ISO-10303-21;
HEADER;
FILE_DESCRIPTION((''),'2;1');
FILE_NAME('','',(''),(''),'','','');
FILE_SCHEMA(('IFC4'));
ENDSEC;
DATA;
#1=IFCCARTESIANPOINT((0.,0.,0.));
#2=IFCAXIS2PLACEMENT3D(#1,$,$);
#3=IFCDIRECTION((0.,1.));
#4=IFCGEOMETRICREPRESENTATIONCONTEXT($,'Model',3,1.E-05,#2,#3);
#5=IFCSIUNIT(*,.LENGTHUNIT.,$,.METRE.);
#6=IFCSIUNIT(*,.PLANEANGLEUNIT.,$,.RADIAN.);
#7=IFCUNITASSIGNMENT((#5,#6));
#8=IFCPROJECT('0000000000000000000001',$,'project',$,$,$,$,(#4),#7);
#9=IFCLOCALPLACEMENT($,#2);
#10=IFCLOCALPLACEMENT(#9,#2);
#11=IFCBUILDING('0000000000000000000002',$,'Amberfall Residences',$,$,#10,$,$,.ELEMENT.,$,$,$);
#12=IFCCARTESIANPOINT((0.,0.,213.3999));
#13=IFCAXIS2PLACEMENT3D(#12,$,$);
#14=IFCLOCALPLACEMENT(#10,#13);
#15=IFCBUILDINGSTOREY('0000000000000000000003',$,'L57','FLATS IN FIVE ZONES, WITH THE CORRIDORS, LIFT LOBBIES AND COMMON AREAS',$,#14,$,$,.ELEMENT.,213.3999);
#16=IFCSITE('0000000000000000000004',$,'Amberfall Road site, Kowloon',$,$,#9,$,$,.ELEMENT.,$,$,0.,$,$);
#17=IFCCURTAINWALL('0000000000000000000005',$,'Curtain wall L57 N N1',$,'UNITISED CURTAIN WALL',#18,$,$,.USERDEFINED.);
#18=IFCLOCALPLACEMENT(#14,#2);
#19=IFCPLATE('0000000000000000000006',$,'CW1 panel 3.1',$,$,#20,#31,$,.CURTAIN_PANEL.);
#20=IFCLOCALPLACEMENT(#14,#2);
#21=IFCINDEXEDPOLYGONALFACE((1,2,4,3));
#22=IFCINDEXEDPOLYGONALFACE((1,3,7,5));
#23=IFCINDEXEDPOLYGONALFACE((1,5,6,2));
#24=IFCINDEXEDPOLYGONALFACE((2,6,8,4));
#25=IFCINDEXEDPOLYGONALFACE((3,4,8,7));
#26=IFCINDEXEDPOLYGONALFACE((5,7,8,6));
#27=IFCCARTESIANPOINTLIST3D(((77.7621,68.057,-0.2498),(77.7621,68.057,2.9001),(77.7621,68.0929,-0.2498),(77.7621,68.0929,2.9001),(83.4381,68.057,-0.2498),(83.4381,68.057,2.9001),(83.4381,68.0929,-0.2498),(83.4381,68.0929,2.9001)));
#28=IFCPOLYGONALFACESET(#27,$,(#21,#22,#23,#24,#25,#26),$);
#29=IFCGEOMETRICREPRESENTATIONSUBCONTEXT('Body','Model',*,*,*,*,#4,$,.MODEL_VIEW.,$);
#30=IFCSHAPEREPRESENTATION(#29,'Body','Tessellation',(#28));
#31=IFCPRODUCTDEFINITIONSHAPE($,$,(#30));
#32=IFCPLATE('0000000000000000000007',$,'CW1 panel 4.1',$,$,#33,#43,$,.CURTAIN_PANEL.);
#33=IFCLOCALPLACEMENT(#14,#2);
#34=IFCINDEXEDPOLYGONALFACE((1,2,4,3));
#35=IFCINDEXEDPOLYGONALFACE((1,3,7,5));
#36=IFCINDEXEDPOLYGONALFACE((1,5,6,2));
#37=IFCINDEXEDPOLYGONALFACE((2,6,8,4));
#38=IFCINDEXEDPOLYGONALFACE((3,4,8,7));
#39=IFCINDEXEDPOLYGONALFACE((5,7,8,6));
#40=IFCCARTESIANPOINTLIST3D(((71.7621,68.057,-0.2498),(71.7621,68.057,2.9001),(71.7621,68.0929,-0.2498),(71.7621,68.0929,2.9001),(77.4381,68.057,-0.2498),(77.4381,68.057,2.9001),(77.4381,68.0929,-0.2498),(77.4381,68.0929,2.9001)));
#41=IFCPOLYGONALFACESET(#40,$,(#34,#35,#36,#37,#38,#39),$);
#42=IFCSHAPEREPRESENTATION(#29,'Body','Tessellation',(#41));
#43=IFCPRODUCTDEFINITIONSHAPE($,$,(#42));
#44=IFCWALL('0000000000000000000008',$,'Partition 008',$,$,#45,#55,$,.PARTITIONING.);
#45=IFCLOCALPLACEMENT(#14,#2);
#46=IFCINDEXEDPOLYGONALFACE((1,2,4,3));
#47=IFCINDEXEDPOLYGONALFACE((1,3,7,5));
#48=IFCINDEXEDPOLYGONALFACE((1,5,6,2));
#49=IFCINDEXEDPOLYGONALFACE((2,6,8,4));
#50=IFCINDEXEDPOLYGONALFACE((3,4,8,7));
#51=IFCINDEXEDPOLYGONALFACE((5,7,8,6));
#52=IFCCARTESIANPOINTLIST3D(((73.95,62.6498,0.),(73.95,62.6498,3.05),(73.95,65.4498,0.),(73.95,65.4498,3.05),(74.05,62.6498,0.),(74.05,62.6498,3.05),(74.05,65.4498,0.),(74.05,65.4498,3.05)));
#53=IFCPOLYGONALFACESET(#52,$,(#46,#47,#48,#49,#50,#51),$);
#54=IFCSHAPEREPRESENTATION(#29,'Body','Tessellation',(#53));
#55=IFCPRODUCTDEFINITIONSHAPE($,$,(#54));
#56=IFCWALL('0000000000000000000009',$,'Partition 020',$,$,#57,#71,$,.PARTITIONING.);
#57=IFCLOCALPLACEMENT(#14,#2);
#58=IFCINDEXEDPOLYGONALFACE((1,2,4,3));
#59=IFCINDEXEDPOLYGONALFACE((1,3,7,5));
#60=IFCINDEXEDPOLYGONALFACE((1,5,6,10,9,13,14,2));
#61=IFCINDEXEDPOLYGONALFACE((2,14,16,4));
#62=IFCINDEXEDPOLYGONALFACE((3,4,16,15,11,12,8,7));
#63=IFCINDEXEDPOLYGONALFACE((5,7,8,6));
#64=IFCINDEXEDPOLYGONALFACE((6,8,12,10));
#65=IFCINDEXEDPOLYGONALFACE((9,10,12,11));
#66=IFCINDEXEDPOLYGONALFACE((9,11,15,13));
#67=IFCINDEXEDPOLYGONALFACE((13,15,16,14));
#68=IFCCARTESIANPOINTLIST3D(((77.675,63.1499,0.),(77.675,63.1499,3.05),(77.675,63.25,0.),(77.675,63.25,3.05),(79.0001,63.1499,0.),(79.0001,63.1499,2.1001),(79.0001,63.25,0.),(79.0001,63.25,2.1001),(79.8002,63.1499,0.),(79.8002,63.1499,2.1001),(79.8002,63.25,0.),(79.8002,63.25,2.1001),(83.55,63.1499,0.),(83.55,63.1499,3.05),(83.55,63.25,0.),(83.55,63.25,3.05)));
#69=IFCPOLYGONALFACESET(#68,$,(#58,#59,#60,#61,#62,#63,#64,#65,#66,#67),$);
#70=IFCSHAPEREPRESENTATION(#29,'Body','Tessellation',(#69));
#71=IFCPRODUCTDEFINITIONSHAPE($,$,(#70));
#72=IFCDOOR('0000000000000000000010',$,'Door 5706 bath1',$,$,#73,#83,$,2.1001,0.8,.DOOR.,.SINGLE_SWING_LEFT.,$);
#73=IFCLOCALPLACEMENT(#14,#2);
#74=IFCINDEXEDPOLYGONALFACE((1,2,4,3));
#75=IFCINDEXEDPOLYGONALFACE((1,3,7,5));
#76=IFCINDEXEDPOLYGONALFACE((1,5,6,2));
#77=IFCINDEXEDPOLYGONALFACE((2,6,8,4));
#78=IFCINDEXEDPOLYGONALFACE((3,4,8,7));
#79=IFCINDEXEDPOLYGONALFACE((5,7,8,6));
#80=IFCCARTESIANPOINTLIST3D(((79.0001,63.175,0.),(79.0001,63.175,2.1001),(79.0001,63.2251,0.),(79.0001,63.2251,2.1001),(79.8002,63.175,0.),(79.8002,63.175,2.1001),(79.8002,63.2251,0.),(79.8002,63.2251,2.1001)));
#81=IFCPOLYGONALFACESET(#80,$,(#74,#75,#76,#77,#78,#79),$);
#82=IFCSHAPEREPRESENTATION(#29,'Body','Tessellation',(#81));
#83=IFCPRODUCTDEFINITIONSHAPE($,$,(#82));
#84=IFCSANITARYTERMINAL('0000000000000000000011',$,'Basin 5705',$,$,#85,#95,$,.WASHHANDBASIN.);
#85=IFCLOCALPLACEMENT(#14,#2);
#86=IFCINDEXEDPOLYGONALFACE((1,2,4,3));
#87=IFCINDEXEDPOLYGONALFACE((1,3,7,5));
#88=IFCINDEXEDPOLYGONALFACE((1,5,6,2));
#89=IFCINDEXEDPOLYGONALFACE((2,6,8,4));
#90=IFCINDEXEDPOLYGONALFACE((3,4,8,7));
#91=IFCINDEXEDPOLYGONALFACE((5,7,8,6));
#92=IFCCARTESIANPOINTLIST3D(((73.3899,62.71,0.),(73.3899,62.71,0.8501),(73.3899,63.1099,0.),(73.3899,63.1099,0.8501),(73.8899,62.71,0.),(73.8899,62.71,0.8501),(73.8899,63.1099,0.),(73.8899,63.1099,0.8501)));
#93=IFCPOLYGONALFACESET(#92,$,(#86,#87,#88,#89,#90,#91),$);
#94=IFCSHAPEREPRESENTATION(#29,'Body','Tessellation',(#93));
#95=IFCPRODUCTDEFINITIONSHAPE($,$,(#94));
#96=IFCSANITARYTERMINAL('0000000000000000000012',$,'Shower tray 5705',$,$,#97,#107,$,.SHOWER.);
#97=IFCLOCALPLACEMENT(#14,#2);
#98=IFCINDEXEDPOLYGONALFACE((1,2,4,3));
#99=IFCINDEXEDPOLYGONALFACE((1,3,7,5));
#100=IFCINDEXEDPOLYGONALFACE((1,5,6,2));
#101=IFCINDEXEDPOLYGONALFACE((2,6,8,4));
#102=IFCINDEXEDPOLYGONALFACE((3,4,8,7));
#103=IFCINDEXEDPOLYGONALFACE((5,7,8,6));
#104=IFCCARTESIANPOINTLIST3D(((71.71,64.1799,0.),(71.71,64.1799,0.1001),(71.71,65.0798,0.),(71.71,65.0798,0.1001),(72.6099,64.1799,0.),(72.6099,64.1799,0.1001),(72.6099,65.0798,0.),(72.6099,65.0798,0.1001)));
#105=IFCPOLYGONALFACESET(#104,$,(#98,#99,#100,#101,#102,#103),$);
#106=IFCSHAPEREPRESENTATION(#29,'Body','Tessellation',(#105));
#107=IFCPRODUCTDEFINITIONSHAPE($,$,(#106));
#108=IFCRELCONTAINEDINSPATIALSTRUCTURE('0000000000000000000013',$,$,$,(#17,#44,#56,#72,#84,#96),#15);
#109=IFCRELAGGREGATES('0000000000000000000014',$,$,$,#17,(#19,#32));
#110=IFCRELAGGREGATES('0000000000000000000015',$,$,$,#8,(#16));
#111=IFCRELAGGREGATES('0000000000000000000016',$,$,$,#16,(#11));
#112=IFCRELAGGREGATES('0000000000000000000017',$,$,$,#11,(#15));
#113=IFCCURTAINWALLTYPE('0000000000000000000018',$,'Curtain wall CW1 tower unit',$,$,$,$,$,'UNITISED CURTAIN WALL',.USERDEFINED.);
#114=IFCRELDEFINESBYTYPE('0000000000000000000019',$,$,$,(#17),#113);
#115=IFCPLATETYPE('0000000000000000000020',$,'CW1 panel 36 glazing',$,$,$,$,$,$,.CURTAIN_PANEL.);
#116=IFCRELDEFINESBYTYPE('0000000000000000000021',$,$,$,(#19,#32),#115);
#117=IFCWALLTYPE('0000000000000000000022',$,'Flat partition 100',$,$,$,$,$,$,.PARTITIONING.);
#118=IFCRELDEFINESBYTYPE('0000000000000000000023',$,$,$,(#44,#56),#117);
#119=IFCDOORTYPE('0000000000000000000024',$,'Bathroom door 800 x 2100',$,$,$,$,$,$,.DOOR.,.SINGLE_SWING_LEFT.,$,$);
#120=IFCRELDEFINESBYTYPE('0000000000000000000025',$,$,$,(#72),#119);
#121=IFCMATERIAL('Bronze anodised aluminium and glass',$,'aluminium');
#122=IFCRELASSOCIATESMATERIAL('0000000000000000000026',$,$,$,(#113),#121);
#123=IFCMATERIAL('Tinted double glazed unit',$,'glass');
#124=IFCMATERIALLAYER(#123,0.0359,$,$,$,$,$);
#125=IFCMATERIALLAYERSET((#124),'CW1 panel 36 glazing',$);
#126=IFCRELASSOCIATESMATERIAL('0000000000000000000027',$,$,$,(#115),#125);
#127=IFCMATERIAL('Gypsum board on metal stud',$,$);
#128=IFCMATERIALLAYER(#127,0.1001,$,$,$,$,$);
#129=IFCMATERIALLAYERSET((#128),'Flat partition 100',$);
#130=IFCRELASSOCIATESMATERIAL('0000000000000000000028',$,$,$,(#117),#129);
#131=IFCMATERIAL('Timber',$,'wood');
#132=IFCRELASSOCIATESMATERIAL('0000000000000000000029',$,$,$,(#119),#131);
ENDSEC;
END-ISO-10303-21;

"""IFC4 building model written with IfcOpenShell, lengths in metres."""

from ifc_helpers import new_model, si_unit, direction, frame, frame_2d, origin, origin_2d, place, context, subcontext, project, spatial, rectangle, extrude, material, layer, layer_set, type_object, element, fill, aggregate, save


model = new_model("IFC4")

# Units and contexts
model_context = context("Model", 3, precision=1e-05, world=origin(), true_north=direction((0.0, 1.0)))
body_context = subcontext(model_context, "Body", "Model", "MODEL_VIEW")
ifc_project = project(units=[si_unit("LENGTHUNIT", "METRE"), si_unit("PLANEANGLEUNIT", "RADIAN")], contexts=[model_context])

# Site, building, storey
site_placement = place(None, origin())
site = spatial("IfcSite", under=ifc_project, at=site_placement, Name="Amberfall Road site, Kowloon", CompositionType="ELEMENT", RefElevation=0.0)
building_placement = place(site_placement, origin())
building = spatial("IfcBuilding", under=site, at=building_placement, Name="Amberfall Residences", CompositionType="ELEMENT")
storey_placement = place(building_placement, frame((0.0, 0.0, 213.3999)))
storey = spatial("IfcBuildingStorey", under=building, at=storey_placement, Name="L57", Description="FLATS IN FIVE ZONES, WITH THE CORRIDORS, LIFT LOBBIES AND COMMON AREAS", CompositionType="ELEMENT", Elevation=213.3999)

# Curtain wall
ifc_material_1 = material(Name="Bronze anodised aluminium and glass", Category="aluminium")
curtain_wall_type = type_object("IfcCurtainWallType", Name="Curtain wall CW1 tower unit", ElementType="UNITISED CURTAIN WALL", PredefinedType="USERDEFINED", material=ifc_material_1)
curtain_wall_placement = place(storey_placement, origin())
curtain_wall = element("IfcCurtainWall", 1, at=curtain_wall_placement, inside=storey, type_object=curtain_wall_type, Name="Curtain wall L57 N N1", ObjectType="UNITISED CURTAIN WALL", PredefinedType="USERDEFINED")

# Plates
ifc_material_2 = material(Name="Tinted double glazed unit", Category="glass")
ifc_layer_1 = layer(ifc_material_2, 0.0359)
ifc_layer_set_1 = layer_set([ifc_layer_1], Name="CW1 panel 36 glazing")
plate_type = type_object("IfcPlateType", Name="CW1 panel 36 glazing", PredefinedType="CURTAIN_PANEL", material=ifc_layer_set_1)
plate_1_placement = place(storey_placement, frame((80.6001, 68.075, -0.2498), z_axis=(0.0, 0.0, 1.0), x_axis=(-1.0, 0.0, 0.0)))
plate_1 = element("IfcPlate", 2, at=plate_1_placement, type_object=plate_type, Name="CW1 panel 3.1", PredefinedType="CURTAIN_PANEL", context=body_context, shape_type="SweptSolid", body=[
    extrude(rectangle(XDim=5.676, YDim=0.0359, at=origin_2d()), origin(), (0.0, 0.0, 1.0), 3.1499),
])
plate_2_placement = place(storey_placement, frame((74.6001, 68.075, -0.2498), z_axis=(0.0, 0.0, 1.0), x_axis=(-1.0, 0.0, 0.0)))
plate_2 = element("IfcPlate", 3, at=plate_2_placement, type_object=plate_type, Name="CW1 panel 4.1", PredefinedType="CURTAIN_PANEL", context=body_context, shape_type="SweptSolid", body=[
    extrude(rectangle(XDim=5.676, YDim=0.0359, at=origin_2d()), origin(), (0.0, 0.0, 1.0), 3.1499),
])
aggregate(curtain_wall, [plate_1, plate_2])

# Wall
ifc_material_3 = material(Name="Gypsum board on metal stud")
ifc_layer_2 = layer(ifc_material_3, 0.1001)
ifc_layer_set_2 = layer_set([ifc_layer_2], Name="Flat partition 100")
wall_type = type_object("IfcWallType", Name="Flat partition 100", PredefinedType="PARTITIONING", material=ifc_layer_set_2)
wall_1_placement = place(storey_placement, frame((74.0, 62.6499, 0.0), z_axis=(0.0, 0.0, 1.0), x_axis=(0.0, 1.0, 0.0)))
element("IfcWall", 4, at=wall_1_placement, inside=storey, type_object=wall_type, Name="Partition 008", PredefinedType="PARTITIONING", context=body_context, shape_type="SweptSolid", body=[
    extrude(rectangle(XDim=2.8, YDim=0.1001, at=frame_2d((1.3999, 0.0))), origin(), (0.0, 0.0, 1.0), 3.05),
])

# Wall, opening, door
wall_2_placement = place(storey_placement, frame((83.55, 63.2, 0.0), z_axis=(0.0, 0.0, 1.0), x_axis=(-1.0, 0.0, 0.0)))
wall_2 = element("IfcWall", 5, at=wall_2_placement, inside=storey, type_object=wall_type, Name="Partition 020", PredefinedType="PARTITIONING", context=body_context, shape_type="SweptSolid", body=[
    extrude(rectangle(XDim=5.875, YDim=0.1001, at=frame_2d((2.9375, 0.0))), origin(), (0.0, 0.0, 1.0), 3.05),
])
opening_placement = place(wall_2_placement, frame((3.75, 0.0, 0.0)))
opening = element("IfcOpeningElement", 6, at=opening_placement, cuts=wall_2, PredefinedType="OPENING", context=body_context, shape_type="SweptSolid", body=[
    extrude(rectangle(XDim=0.8, YDim=2.1001, at=frame_2d((0.3999, 1.05))), frame((0.0, 0.0601, 0.0), z_axis=(0.0, -1.0, 0.0), x_axis=(1.0, 0.0, 0.0)), (0.0, 0.0, 1.0), 0.1201),
])
ifc_material_4 = material(Name="Timber", Category="wood")
door_type = type_object("IfcDoorType", Name="Bathroom door 800 x 2100", OperationType="SINGLE_SWING_LEFT", PredefinedType="DOOR", material=ifc_material_4)
door_placement = place(opening_placement, origin())
door = element("IfcDoor", 7, at=door_placement, inside=storey, type_object=door_type, Name="Door 5706 bath1", OperationType="SINGLE_SWING_LEFT", OverallHeight=2.1001, OverallWidth=0.8, PredefinedType="DOOR", context=body_context, shape_type="SweptSolid", body=[
    extrude(rectangle(XDim=0.8, YDim=2.1001, at=frame_2d((0.3999, 1.05))), frame((0.0, 0.0249, 0.0), z_axis=(0.0, -1.0, 0.0), x_axis=(1.0, 0.0, 0.0)), (0.0, 0.0, 1.0), 0.05),
])
fill(opening, door)

# Sanitary terminals
sanitary_terminal_1_placement = place(storey_placement, frame((73.6399, 62.9099, 0.0), z_axis=(0.0, 0.0, 1.0), x_axis=(1.0, 0.0, 0.0)))
element("IfcSanitaryTerminal", 8, at=sanitary_terminal_1_placement, inside=storey, Name="Basin 5705", PredefinedType="WASHHANDBASIN", context=body_context, shape_type="SweptSolid", body=[
    extrude(rectangle(XDim=0.5, YDim=0.3999, at=origin_2d()), origin(), (0.0, 0.0, 1.0), 0.8501),
])
sanitary_terminal_2_placement = place(storey_placement, frame((72.1599, 64.6299, 0.0), z_axis=(0.0, 0.0, 1.0), x_axis=(1.0, 0.0, 0.0)))
element("IfcSanitaryTerminal", 9, at=sanitary_terminal_2_placement, inside=storey, Name="Shower tray 5705", PredefinedType="SHOWER", context=body_context, shape_type="SweptSolid", body=[
    extrude(rectangle(XDim=0.8999, YDim=0.8999, at=origin_2d()), origin(), (0.0, 0.0, 1.0), 0.1001),
])

save(model, "model.ifc")
